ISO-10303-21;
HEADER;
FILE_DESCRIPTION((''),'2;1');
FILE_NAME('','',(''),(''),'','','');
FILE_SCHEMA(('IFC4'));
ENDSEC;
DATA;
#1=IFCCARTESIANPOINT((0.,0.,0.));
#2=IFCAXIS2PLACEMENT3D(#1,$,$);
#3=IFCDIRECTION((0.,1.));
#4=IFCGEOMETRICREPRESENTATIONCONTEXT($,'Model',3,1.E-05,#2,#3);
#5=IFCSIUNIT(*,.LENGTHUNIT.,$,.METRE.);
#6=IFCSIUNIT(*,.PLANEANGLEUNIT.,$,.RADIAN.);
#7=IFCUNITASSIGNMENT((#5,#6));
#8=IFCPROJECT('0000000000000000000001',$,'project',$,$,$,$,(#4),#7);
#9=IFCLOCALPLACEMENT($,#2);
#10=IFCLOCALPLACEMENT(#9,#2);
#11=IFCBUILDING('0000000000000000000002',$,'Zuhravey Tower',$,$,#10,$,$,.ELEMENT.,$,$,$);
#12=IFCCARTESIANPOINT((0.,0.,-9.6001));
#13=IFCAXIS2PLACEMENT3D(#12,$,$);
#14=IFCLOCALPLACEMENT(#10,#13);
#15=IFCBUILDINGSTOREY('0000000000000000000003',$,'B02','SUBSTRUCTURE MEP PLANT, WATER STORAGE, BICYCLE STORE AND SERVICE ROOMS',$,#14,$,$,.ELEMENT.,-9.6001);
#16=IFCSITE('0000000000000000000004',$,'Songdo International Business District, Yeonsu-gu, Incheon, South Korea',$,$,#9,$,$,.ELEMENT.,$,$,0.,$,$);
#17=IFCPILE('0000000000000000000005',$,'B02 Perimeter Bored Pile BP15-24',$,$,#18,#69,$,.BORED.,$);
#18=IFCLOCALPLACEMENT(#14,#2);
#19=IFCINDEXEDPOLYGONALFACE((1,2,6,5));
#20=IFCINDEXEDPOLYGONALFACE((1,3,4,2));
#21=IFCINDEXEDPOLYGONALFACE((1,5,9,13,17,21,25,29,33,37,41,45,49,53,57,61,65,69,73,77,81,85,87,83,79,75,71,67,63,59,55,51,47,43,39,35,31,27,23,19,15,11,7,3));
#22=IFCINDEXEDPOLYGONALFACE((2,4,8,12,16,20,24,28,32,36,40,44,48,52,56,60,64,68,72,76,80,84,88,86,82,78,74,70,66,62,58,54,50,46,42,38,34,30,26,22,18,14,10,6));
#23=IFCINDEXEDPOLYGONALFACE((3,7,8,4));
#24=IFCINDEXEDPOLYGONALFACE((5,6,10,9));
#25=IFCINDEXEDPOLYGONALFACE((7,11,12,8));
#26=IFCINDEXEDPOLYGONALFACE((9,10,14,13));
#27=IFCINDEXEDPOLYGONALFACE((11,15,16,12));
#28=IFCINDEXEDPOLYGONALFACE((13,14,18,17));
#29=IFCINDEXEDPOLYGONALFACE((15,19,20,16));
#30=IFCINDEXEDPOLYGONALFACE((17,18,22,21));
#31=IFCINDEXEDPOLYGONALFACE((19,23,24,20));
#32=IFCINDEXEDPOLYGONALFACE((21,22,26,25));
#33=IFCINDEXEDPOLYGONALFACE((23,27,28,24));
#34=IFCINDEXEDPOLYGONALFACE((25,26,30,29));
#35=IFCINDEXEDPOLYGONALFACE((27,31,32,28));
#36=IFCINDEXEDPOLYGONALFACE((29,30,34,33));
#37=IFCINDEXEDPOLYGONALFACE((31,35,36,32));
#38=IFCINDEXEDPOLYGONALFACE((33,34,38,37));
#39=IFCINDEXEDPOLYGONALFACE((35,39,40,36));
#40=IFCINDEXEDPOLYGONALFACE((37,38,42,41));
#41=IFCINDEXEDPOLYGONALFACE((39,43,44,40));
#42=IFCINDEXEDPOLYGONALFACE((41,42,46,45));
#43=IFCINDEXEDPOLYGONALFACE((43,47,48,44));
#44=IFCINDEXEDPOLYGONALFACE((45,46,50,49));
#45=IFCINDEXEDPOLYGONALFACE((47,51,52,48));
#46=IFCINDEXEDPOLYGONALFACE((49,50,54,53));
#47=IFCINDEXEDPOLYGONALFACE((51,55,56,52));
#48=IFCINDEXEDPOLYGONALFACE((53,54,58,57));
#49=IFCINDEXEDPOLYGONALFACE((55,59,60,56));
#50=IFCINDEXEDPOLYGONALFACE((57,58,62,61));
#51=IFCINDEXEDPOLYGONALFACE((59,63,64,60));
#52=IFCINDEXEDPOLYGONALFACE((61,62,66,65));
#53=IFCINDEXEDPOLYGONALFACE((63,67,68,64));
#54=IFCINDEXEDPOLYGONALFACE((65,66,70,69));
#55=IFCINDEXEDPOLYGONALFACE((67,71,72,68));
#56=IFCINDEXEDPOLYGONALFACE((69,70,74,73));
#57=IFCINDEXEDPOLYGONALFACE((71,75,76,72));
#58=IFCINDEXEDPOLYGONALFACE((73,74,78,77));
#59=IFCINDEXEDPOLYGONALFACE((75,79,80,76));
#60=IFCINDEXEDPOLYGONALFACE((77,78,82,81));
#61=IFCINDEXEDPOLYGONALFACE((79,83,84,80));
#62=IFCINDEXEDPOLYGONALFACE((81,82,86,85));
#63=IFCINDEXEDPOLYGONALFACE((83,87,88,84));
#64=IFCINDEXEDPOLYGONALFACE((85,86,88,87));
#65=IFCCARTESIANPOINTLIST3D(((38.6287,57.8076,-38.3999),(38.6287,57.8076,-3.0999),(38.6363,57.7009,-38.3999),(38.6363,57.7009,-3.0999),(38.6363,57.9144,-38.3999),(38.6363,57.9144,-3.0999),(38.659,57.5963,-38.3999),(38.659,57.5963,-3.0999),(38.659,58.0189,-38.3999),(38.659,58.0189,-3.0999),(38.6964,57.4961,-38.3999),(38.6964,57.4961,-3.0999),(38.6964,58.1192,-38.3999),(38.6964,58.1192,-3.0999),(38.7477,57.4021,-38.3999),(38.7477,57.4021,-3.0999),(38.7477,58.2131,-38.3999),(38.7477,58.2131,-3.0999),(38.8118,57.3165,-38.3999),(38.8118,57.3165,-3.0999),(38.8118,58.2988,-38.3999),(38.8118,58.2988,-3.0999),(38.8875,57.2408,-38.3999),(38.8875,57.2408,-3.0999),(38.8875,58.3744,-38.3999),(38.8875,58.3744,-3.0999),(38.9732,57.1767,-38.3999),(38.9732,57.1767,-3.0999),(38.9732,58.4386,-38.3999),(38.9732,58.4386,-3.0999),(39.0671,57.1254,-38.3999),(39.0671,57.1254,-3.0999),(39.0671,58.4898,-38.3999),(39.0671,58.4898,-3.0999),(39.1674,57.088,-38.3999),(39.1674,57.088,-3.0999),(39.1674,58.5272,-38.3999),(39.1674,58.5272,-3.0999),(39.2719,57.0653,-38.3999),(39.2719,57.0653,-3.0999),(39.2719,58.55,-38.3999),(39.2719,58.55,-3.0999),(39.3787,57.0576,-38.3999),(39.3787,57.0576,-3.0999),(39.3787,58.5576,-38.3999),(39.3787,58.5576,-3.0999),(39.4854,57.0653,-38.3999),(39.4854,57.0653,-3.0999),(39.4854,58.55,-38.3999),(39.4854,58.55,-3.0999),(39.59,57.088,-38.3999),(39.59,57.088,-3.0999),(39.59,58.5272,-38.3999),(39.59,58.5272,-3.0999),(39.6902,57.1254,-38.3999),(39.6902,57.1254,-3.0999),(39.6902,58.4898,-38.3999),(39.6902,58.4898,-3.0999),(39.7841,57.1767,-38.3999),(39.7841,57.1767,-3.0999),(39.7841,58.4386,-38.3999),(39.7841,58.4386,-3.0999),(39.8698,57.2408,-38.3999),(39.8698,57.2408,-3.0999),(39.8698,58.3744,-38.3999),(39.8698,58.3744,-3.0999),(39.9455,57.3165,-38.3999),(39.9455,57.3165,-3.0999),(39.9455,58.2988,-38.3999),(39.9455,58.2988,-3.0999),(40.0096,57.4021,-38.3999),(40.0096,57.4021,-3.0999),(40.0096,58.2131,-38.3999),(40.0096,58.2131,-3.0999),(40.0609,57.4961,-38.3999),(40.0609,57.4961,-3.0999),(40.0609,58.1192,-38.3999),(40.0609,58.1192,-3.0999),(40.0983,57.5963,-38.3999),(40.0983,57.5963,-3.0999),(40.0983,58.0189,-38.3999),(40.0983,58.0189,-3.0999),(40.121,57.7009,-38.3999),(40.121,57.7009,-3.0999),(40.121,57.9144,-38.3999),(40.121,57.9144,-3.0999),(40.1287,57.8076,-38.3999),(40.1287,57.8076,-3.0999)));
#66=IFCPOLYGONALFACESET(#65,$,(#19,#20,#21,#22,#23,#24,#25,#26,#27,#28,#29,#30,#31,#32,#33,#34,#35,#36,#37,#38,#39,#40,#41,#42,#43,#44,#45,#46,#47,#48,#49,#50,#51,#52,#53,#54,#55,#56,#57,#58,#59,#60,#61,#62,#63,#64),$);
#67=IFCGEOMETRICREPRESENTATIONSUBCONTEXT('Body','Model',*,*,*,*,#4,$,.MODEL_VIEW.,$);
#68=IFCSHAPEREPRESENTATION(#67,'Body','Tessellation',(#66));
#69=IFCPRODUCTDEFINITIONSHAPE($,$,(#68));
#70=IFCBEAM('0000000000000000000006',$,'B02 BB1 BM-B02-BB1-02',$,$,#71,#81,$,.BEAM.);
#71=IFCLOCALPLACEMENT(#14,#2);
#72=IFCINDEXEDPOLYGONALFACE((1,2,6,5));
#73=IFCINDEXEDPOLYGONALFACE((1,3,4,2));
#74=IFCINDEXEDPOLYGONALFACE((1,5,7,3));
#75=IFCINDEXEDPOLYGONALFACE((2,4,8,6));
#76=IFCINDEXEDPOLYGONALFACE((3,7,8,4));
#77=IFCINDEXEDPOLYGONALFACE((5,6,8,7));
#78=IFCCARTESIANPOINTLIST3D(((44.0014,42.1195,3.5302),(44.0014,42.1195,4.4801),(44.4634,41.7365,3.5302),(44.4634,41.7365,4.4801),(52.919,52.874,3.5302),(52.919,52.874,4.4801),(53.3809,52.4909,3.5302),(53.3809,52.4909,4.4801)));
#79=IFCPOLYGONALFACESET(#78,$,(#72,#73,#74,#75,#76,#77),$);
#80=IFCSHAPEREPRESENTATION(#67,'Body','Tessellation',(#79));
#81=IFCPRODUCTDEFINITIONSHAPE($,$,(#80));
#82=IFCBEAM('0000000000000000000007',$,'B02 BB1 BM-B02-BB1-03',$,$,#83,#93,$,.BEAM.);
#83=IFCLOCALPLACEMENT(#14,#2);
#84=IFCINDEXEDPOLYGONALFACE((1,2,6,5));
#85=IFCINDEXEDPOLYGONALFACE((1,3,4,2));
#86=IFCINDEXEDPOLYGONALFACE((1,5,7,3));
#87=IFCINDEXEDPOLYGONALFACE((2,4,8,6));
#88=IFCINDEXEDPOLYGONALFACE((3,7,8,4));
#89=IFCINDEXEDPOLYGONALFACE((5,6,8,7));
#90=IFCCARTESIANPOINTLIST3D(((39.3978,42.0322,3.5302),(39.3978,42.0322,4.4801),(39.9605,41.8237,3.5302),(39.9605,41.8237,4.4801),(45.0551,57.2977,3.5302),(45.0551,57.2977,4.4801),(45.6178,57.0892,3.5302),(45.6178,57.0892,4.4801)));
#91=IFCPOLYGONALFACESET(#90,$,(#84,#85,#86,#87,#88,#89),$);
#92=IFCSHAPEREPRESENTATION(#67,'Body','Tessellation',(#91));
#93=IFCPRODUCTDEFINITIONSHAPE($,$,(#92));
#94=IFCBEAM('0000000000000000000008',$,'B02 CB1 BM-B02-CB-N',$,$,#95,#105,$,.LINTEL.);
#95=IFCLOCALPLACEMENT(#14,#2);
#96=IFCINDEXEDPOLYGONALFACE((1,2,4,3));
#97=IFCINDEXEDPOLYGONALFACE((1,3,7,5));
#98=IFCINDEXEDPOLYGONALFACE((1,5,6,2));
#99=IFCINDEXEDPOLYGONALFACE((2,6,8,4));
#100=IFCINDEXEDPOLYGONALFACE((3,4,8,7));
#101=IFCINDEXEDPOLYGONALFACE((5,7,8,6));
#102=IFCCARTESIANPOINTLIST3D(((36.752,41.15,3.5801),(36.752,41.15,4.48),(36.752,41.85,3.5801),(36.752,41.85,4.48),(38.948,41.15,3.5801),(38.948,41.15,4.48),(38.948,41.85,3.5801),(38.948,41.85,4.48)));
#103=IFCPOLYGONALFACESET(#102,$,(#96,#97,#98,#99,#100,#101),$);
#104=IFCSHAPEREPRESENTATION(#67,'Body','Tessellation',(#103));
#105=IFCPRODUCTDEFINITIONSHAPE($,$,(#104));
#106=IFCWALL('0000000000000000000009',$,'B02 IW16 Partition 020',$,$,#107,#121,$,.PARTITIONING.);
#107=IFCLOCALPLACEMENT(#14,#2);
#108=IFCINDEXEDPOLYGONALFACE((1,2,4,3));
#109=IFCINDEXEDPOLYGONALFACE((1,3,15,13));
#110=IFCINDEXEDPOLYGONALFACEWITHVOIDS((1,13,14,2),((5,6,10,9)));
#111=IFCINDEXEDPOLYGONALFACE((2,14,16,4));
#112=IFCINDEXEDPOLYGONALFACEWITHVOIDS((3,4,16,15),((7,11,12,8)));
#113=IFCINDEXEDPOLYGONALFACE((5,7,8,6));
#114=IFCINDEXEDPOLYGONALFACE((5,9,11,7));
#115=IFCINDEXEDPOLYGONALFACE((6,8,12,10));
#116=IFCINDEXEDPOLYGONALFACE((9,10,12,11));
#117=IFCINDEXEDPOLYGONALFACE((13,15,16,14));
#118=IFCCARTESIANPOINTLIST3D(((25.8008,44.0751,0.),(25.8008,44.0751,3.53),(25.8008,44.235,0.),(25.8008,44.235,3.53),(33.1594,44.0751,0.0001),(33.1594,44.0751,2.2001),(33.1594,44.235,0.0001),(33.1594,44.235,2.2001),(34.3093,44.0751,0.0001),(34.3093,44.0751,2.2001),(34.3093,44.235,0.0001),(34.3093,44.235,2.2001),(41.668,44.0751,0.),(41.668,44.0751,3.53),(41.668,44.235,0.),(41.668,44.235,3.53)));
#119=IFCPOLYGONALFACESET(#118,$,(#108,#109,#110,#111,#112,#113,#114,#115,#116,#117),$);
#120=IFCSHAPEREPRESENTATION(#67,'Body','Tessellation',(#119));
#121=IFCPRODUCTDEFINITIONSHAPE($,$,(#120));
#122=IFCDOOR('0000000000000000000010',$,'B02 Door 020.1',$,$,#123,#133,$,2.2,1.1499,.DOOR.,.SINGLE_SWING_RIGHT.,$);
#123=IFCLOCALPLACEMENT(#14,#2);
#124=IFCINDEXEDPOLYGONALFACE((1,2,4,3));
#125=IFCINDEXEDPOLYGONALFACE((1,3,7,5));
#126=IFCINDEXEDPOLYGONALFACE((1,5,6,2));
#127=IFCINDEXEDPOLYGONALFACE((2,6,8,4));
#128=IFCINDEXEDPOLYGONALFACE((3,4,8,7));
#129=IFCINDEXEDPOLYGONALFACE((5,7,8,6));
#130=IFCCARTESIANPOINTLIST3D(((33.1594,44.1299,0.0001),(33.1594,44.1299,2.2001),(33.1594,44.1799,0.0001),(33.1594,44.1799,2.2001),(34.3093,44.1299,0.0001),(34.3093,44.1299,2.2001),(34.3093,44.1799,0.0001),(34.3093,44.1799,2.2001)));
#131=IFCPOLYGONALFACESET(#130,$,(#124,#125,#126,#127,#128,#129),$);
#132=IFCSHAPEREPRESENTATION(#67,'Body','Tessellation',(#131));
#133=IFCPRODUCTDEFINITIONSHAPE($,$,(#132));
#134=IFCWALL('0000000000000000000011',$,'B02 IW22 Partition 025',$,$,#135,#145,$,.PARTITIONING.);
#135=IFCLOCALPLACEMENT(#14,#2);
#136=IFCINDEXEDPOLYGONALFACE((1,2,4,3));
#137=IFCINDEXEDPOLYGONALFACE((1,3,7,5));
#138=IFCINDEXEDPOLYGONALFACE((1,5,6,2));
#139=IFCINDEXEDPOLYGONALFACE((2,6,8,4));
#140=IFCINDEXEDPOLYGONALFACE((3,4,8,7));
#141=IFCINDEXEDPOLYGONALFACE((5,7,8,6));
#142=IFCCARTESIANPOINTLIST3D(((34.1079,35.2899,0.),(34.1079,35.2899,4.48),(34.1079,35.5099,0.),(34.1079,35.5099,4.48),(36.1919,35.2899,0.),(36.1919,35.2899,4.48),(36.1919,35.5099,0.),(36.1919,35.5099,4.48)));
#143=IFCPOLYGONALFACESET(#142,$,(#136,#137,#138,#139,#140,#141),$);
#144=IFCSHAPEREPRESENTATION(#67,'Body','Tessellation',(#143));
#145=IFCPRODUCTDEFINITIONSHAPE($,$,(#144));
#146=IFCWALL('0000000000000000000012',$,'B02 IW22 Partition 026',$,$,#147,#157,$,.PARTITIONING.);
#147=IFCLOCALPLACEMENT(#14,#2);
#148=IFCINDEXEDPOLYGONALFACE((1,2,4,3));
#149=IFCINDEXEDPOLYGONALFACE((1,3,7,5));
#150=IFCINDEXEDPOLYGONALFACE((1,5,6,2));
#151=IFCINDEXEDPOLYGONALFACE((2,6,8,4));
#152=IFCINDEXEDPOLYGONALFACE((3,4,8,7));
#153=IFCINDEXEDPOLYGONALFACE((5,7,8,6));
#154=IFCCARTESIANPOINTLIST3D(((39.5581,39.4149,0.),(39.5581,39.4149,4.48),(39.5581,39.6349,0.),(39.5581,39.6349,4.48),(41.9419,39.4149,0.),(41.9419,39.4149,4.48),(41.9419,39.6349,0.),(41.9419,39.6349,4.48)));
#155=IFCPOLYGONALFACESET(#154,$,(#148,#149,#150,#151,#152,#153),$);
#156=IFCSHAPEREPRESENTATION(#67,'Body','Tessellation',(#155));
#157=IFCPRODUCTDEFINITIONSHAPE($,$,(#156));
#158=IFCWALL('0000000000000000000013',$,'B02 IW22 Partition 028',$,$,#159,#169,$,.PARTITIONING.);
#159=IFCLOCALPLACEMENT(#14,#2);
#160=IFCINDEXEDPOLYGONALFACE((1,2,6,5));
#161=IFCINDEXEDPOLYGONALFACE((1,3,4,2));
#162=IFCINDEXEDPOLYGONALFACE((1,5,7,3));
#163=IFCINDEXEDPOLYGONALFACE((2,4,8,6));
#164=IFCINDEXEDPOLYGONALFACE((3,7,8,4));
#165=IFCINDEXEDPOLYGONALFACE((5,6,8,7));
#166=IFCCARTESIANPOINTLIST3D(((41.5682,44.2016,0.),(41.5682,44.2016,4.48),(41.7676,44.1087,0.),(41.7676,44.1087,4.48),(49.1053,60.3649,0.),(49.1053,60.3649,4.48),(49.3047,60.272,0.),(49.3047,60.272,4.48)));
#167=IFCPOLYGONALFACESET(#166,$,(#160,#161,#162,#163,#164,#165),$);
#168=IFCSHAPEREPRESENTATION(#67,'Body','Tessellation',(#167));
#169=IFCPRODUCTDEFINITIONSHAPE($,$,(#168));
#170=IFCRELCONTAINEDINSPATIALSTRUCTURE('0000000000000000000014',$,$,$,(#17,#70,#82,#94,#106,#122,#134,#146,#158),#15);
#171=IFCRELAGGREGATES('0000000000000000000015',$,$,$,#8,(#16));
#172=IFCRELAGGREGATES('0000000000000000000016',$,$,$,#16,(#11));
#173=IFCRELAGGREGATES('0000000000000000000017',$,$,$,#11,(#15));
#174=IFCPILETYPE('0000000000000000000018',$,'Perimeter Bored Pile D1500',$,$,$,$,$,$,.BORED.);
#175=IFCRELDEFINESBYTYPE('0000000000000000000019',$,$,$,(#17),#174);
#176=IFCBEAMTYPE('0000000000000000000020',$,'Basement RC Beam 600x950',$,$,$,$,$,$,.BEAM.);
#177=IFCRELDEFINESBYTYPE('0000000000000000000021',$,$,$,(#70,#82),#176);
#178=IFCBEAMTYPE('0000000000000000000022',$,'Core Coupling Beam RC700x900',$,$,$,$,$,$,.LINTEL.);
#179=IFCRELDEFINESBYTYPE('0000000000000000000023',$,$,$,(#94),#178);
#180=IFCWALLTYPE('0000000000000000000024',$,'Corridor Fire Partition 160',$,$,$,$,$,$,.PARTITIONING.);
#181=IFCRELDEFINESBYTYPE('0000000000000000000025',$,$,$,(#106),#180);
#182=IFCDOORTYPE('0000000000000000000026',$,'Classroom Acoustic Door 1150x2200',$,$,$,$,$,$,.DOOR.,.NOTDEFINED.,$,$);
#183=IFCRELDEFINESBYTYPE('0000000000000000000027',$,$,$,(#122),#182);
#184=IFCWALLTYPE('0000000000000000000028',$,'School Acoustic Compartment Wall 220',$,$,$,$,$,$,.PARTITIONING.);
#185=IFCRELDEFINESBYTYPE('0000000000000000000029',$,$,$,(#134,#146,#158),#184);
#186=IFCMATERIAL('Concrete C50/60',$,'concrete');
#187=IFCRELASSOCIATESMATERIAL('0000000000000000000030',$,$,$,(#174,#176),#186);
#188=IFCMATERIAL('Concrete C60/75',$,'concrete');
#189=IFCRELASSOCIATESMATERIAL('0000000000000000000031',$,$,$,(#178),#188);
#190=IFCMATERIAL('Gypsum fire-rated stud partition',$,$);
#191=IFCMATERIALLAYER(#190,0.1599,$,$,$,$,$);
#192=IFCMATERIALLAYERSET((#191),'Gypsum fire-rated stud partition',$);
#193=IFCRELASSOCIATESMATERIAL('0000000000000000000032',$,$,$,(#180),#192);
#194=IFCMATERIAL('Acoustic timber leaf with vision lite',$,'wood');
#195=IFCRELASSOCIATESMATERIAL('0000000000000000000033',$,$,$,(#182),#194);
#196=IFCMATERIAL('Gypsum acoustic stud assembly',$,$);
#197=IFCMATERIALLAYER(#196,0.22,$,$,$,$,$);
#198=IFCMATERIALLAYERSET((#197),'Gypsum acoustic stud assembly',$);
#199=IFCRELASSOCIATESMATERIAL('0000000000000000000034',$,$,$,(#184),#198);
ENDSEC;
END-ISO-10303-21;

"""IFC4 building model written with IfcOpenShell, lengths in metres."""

from ifc_helpers import new_model, si_unit, direction, frame, frame_2d, origin, origin_2d, place, context, subcontext, project, spatial, rectangle, circle, extrude, material, layer, layer_set, material_profile, profile_set, type_object, element, fill, save


model = new_model("IFC4")

# Units and contexts
model_context = context("Model", 3, precision=1e-05, world=origin(), true_north=direction((0.0, 1.0)))
body_context = subcontext(model_context, "Body", "Model", "MODEL_VIEW")
ifc_project = project(units=[si_unit("LENGTHUNIT", "METRE"), si_unit("PLANEANGLEUNIT", "RADIAN")], contexts=[model_context])

# Site, building, storey
site_placement = place(None, origin())
site = spatial("IfcSite", under=ifc_project, at=site_placement, Name="Songdo International Business District, Yeonsu-gu, Incheon, South Korea", CompositionType="ELEMENT", RefElevation=0.0)
building_placement = place(site_placement, origin())
building = spatial("IfcBuilding", under=site, at=building_placement, Name="Zuhravey Tower", CompositionType="ELEMENT")
storey_placement = place(building_placement, frame((0.0, 0.0, -9.6001)))
storey = spatial("IfcBuildingStorey", under=building, at=storey_placement, Name="B02", Description="SUBSTRUCTURE MEP PLANT, WATER STORAGE, BICYCLE STORE AND SERVICE ROOMS", CompositionType="ELEMENT", Elevation=-9.6001)

# Pile
ifc_material_1 = material(Name="Concrete C50/60", Category="concrete")
ifc_material_profile_1 = material_profile(ifc_material_1, circle(Radius=0.75, at=origin_2d()), Name="PILE-D1500")
ifc_profile_set_1 = profile_set([ifc_material_profile_1], Name="Concrete C50/60")
pile_type_1 = type_object("IfcPileType", Name="Perimeter Bored Pile D1500", PredefinedType="BORED", material=ifc_profile_set_1)
for number, where, z_axis, x_axis, name in (
    (1, (39.3787, 57.8076, -3.0999), (0.0, 0.0, -1.0), (1.0, 0.0, 0.0), "B02 Perimeter Bored Pile BP15-24"),
):
    element("IfcPile", number, at=place(storey_placement, frame(where, z_axis=z_axis, x_axis=x_axis)), inside=storey, type_object=pile_type_1, Name=name, PredefinedType="BORED", context=body_context, shape_type="SweptSolid", body=[
        extrude(circle(Radius=0.75, at=origin_2d()), origin(), (0.0, 0.0, 1.0), 35.3),
    ])

# Beams
ifc_material_profile_2 = material_profile(ifc_material_1, rectangle(XDim=0.6001, YDim=0.95, at=origin_2d()), Name="RC-600x950")
ifc_profile_set_2 = profile_set([ifc_material_profile_2], Name="Concrete C50/60")
beam_type_1 = type_object("IfcBeamType", Name="Basement RC Beam 600x950", PredefinedType="BEAM", material=ifc_profile_set_2)
beam_1_placement = place(storey_placement, frame((44.2324, 41.928, 4.0051), z_axis=(0.638302, 0.769786, 0.0), x_axis=(-0.769786, 0.638302, 0.0)))
element("IfcBeam", 2, at=beam_1_placement, inside=storey, type_object=beam_type_1, Name="B02 BB1 BM-B02-BB1-02", PredefinedType="BEAM", context=body_context, shape_type="SweptSolid", body=[
    extrude(rectangle(XDim=0.6001, YDim=0.95, at=origin_2d()), origin(), (0.0, 0.0, 1.0), 13.9707),
])
beam_2_placement = place(storey_placement, frame((39.6792, 41.928, 4.0051), z_axis=(0.347497, 0.937681, 0.0), x_axis=(-0.937681, 0.347497, 0.0)))
element("IfcBeam", 3, at=beam_2_placement, inside=storey, type_object=beam_type_1, Name="B02 BB1 BM-B02-BB1-03", PredefinedType="BEAM", context=body_context, shape_type="SweptSolid", body=[
    extrude(rectangle(XDim=0.6001, YDim=0.95, at=origin_2d()), origin(), (0.0, 0.0, 1.0), 16.28),
])
ifc_material_2 = material(Name="Concrete C60/75", Category="concrete")
ifc_material_profile_3 = material_profile(ifc_material_2, rectangle(XDim=0.7, YDim=0.8999, at=origin_2d()), Name="RC-700x900")
ifc_profile_set_3 = profile_set([ifc_material_profile_3], Name="Concrete C60/75")
beam_type_2 = type_object("IfcBeamType", Name="Core Coupling Beam RC700x900", PredefinedType="LINTEL", material=ifc_profile_set_3)
beam_3_placement = place(storey_placement, frame((36.752, 41.5, 4.03), z_axis=(1.0, 0.0, 0.0), x_axis=(0.0, 1.0, 0.0)))
element("IfcBeam", 4, at=beam_3_placement, inside=storey, type_object=beam_type_2, Name="B02 CB1 BM-B02-CB-N", PredefinedType="LINTEL", context=body_context, shape_type="SweptSolid", body=[
    extrude(rectangle(XDim=0.7, YDim=0.8999, at=origin_2d()), origin(), (0.0, 0.0, 1.0), 2.196),
])

# Wall, opening, door
ifc_material_3 = material(Name="Gypsum fire-rated stud partition")
ifc_layer_1 = layer(ifc_material_3, 0.1599)
ifc_layer_set_1 = layer_set([ifc_layer_1], Name="Gypsum fire-rated stud partition")
wall_type_1 = type_object("IfcWallType", Name="Corridor Fire Partition 160", PredefinedType="PARTITIONING", material=ifc_layer_set_1)
wall_1_placement = place(storey_placement, frame((41.668, 44.155, 0.0), z_axis=(0.0, 0.0, 1.0), x_axis=(-1.0, 0.0, 0.0)))
wall_1 = element("IfcWall", 5, at=wall_1_placement, inside=storey, type_object=wall_type_1, Name="B02 IW16 Partition 020", PredefinedType="PARTITIONING", context=body_context, shape_type="SweptSolid", body=[
    extrude(rectangle(XDim=15.8672, YDim=0.1599, at=frame_2d((7.9336, 0.0))), origin(), (0.0, 0.0, 1.0), 3.53),
])
opening_1_placement = place(wall_1_placement, frame((7.3586, 0.0, 0.0)))
opening_1 = element("IfcOpeningElement", 6, at=opening_1_placement, cuts=wall_1, PredefinedType="OPENING", context=body_context, shape_type="SweptSolid", body=[
    extrude(rectangle(XDim=1.1499, YDim=2.2, at=frame_2d((0.575, 1.1001))), frame((0.0, 0.092, 0.0), z_axis=(0.0, -1.0, 0.0), x_axis=(1.0, 0.0, 0.0)), (0.0, 0.0, 1.0), 0.1838),
])
ifc_material_4 = material(Name="Acoustic timber leaf with vision lite", Category="wood")
door_type_1 = type_object("IfcDoorType", Name="Classroom Acoustic Door 1150x2200", OperationType="NOTDEFINED", PredefinedType="DOOR", material=ifc_material_4)
door_1_placement = place(opening_1_placement, frame((1.1499, 0.0, 0.0), z_axis=(0.0, 0.0, 1.0), x_axis=(-1.0, 0.0, 0.0)))
door_1 = element("IfcDoor", 7, at=door_1_placement, inside=storey, type_object=door_type_1, Name="B02 Door 020.1", OperationType="SINGLE_SWING_RIGHT", OverallHeight=2.2, OverallWidth=1.1499, PredefinedType="DOOR", context=body_context, shape_type="SweptSolid", body=[
    extrude(rectangle(XDim=1.1499, YDim=2.2, at=frame_2d((0.575, 1.1001))), frame((0.0, 0.0249, 0.0), z_axis=(0.0, -1.0, 0.0), x_axis=(1.0, 0.0, 0.0)), (0.0, 0.0, 1.0), 0.05),
])
fill(opening_1, door_1)

# Walls
ifc_material_5 = material(Name="Gypsum acoustic stud assembly")
ifc_layer_2 = layer(ifc_material_5, 0.22)
ifc_layer_set_2 = layer_set([ifc_layer_2], Name="Gypsum acoustic stud assembly")
wall_type_2 = type_object("IfcWallType", Name="School Acoustic Compartment Wall 220", PredefinedType="PARTITIONING", material=ifc_layer_set_2)
wall_2_placement = place(storey_placement, frame((34.1079, 35.3999, 0.0), z_axis=(0.0, 0.0, 1.0), x_axis=(1.0, 0.0, 0.0)))
element("IfcWall", 8, at=wall_2_placement, inside=storey, type_object=wall_type_2, Name="B02 IW22 Partition 025", PredefinedType="PARTITIONING", context=body_context, shape_type="SweptSolid", body=[
    extrude(rectangle(XDim=2.084, YDim=0.22, at=frame_2d((1.042, 0.0))), origin(), (0.0, 0.0, 1.0), 4.48),
])
wall_3_placement = place(storey_placement, frame((39.5581, 39.5249, 0.0), z_axis=(0.0, 0.0, 1.0), x_axis=(1.0, 0.0, 0.0)))
element("IfcWall", 9, at=wall_3_placement, inside=storey, type_object=wall_type_2, Name="B02 IW22 Partition 026", PredefinedType="PARTITIONING", context=body_context, shape_type="SweptSolid", body=[
    extrude(rectangle(XDim=2.3838, YDim=0.22, at=frame_2d((1.1919, 0.0))), origin(), (0.0, 0.0, 1.0), 4.48),
])
wall_4_placement = place(storey_placement, frame((41.668, 44.1553, 0.0), z_axis=(0.0, 0.0, 1.0), x_axis=(0.422619, 0.906307, 0.0)))
element("IfcWall", 10, at=wall_4_placement, inside=storey, type_object=wall_type_2, Name="B02 IW22 Partition 028", PredefinedType="PARTITIONING", context=body_context, shape_type="SweptSolid", body=[
    extrude(rectangle(XDim=17.8342, YDim=0.22, at=frame_2d((8.917, 0.0))), origin(), (0.0, 0.0, 1.0), 4.48),
])

save(model, "model.ifc")
